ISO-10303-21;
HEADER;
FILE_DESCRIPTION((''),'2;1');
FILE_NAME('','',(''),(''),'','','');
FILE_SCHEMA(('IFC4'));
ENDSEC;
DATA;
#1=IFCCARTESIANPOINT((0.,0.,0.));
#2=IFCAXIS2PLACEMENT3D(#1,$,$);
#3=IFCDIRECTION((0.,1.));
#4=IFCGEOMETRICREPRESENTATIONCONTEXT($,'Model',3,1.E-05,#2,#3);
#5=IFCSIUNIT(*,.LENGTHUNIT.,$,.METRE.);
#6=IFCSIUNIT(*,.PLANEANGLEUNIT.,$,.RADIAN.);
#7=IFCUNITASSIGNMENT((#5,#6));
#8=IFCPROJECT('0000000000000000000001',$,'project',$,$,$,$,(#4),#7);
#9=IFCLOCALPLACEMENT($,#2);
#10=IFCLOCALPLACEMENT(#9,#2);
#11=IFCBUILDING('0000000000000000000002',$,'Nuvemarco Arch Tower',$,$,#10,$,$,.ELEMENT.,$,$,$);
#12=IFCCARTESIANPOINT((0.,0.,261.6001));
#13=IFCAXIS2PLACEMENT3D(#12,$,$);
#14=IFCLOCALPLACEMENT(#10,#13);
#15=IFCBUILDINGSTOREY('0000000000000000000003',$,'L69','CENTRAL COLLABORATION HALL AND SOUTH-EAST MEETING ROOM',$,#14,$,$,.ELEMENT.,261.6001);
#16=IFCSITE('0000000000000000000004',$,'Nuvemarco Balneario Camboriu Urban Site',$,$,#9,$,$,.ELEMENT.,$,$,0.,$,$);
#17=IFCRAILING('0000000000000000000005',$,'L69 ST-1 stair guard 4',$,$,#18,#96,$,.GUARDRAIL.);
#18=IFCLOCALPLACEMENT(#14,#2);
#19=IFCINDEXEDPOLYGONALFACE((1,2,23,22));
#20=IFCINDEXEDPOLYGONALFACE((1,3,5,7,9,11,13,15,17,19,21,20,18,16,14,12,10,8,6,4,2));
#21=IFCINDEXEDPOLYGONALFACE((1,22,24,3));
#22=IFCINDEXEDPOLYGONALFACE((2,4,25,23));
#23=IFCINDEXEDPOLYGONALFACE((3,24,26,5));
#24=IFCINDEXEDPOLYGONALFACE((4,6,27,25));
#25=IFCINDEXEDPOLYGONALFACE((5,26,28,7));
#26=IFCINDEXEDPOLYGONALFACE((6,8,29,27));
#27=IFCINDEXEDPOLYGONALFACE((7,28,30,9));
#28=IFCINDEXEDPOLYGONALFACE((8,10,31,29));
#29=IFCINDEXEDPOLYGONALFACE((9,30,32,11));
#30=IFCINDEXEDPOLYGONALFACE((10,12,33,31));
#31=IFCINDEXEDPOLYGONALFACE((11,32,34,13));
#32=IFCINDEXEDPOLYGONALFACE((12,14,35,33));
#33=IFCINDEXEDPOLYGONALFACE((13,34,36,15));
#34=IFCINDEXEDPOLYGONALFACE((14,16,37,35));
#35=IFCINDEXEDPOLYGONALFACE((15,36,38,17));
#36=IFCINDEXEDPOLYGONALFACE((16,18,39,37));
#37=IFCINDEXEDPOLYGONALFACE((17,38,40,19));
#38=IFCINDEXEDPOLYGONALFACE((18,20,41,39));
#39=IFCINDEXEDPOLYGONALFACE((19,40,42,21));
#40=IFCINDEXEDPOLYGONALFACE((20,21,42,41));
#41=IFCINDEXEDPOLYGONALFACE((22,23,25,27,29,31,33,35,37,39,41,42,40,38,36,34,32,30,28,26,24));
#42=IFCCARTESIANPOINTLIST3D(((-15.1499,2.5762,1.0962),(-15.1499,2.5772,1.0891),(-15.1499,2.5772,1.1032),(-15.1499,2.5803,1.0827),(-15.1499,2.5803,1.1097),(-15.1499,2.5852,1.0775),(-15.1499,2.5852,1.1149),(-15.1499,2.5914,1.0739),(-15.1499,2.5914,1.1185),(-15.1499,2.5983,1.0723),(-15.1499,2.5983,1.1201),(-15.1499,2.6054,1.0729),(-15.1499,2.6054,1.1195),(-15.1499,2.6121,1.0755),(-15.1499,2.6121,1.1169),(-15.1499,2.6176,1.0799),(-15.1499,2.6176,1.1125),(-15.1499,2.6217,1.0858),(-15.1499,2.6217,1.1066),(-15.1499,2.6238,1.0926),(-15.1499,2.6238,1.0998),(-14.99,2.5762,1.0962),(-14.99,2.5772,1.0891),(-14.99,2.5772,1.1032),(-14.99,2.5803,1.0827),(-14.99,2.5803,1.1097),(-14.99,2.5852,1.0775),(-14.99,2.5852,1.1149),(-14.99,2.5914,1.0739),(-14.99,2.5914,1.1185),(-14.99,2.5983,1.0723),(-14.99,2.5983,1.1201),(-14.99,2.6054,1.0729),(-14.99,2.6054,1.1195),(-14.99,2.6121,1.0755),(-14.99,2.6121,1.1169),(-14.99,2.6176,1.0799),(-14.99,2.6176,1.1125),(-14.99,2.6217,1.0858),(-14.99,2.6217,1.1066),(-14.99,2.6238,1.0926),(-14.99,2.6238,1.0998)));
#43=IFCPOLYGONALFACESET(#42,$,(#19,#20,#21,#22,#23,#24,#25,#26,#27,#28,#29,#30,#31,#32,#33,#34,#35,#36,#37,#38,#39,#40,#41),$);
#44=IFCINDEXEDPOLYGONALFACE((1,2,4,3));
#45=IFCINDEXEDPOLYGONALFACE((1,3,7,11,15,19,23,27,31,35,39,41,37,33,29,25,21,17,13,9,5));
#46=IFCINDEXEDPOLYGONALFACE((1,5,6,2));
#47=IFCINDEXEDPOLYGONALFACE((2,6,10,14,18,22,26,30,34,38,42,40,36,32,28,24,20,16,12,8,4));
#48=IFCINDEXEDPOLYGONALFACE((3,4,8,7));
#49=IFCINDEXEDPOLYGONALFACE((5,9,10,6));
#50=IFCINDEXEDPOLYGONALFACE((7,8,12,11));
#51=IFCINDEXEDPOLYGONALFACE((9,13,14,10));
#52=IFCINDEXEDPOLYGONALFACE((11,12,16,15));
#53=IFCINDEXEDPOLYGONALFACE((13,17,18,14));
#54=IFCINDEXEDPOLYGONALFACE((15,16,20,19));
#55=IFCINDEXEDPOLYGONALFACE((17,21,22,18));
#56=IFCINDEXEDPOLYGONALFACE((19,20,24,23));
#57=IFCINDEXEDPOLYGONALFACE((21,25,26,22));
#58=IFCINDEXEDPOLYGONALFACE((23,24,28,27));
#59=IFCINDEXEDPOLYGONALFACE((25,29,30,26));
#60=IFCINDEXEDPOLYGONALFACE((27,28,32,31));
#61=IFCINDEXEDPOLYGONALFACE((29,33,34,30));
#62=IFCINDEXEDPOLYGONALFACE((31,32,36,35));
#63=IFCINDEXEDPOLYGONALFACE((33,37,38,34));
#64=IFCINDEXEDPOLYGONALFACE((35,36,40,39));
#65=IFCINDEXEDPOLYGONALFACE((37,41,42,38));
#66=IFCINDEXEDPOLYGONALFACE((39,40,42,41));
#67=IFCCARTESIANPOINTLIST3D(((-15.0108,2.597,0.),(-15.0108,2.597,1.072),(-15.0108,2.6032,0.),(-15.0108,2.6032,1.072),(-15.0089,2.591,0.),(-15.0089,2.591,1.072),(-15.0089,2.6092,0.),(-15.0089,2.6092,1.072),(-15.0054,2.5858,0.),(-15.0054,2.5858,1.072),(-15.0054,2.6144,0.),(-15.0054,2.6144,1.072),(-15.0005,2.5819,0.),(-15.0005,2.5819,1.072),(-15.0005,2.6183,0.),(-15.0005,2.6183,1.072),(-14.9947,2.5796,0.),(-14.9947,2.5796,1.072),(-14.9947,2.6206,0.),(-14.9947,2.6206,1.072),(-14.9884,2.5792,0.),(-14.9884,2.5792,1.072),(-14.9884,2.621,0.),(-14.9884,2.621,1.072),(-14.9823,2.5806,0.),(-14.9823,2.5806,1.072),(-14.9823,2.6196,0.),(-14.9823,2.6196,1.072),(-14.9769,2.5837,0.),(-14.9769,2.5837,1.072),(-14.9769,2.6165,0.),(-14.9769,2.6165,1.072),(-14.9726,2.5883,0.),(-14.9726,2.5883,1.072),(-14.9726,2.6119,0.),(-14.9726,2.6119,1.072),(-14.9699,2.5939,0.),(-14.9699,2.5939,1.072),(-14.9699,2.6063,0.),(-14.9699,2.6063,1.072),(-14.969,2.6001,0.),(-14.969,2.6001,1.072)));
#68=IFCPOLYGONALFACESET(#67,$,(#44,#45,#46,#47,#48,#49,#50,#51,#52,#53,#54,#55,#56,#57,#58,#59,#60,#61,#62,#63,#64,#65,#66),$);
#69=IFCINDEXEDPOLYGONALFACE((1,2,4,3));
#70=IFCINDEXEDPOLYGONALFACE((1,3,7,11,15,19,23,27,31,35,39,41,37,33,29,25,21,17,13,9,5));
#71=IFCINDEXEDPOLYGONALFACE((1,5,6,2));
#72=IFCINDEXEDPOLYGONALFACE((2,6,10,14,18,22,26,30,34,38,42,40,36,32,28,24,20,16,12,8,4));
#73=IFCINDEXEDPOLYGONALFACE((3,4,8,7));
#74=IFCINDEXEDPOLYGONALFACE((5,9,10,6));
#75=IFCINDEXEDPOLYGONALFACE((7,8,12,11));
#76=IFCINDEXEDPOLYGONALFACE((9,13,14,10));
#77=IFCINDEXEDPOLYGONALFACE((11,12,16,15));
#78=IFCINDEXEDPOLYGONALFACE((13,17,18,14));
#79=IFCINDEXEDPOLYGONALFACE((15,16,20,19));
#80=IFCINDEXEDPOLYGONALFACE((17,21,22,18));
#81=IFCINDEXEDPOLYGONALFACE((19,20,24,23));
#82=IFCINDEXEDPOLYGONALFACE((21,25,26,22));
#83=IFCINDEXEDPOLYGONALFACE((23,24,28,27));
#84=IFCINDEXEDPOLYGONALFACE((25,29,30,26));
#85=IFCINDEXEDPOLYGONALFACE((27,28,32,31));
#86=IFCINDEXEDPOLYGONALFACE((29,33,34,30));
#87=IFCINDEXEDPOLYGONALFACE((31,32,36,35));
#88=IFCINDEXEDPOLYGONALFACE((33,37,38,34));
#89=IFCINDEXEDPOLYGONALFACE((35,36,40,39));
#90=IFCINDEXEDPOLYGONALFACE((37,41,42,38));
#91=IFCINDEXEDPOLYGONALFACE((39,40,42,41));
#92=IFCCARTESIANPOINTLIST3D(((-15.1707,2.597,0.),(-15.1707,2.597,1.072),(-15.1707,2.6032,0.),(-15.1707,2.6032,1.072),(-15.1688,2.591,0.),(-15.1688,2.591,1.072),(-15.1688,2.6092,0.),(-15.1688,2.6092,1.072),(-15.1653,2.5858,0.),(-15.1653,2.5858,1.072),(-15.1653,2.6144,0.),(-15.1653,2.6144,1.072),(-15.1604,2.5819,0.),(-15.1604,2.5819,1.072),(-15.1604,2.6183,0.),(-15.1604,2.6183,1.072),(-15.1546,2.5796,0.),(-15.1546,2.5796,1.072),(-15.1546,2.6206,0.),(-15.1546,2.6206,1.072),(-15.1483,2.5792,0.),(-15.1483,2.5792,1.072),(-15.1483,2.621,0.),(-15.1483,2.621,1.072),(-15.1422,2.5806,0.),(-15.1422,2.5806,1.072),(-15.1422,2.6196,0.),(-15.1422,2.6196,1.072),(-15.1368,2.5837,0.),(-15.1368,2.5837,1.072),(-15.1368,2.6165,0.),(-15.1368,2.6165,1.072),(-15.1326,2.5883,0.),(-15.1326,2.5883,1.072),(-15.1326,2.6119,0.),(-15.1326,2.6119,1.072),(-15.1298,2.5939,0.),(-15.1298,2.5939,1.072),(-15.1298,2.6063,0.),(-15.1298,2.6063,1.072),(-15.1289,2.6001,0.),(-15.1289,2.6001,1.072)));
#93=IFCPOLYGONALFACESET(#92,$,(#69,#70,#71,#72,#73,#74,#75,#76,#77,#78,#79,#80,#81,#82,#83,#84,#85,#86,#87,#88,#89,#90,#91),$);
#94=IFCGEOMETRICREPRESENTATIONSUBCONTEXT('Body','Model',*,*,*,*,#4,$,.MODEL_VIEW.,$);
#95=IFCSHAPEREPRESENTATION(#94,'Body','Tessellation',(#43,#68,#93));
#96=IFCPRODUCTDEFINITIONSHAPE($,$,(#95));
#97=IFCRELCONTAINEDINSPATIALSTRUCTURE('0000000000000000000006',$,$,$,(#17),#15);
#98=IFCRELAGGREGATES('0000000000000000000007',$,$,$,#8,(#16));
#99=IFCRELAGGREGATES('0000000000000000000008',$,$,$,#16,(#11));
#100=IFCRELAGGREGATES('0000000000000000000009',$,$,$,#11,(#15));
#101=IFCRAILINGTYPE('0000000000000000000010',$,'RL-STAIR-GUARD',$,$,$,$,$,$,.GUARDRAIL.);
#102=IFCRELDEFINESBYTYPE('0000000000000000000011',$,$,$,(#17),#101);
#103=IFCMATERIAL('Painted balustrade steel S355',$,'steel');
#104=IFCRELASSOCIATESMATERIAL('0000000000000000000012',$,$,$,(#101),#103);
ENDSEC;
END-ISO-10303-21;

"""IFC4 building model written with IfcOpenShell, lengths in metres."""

from ifc_helpers import new_model, si_unit, direction, frame, origin, origin_2d, place, context, subcontext, project, spatial, circle, extrude, material, type_object, element, save


model = new_model("IFC4")

# Units and contexts
model_context = context("Model", 3, precision=1e-05, world=origin(), true_north=direction((0.0, 1.0)))
body_context = subcontext(model_context, "Body", "Model", "MODEL_VIEW")
ifc_project = project(units=[si_unit("LENGTHUNIT", "METRE"), si_unit("PLANEANGLEUNIT", "RADIAN")], contexts=[model_context])

# Site, building, storey
site_placement = place(None, origin())
site = spatial("IfcSite", under=ifc_project, at=site_placement, Name="Nuvemarco Balneario Camboriu Urban Site", CompositionType="ELEMENT", RefElevation=0.0)
building_placement = place(site_placement, origin())
building = spatial("IfcBuilding", under=site, at=building_placement, Name="Nuvemarco Arch Tower", CompositionType="ELEMENT")
storey_placement = place(building_placement, frame((0.0, 0.0, 261.6001)))
storey = spatial("IfcBuildingStorey", under=building, at=storey_placement, Name="L69", Description="CENTRAL COLLABORATION HALL AND SOUTH-EAST MEETING ROOM", CompositionType="ELEMENT", Elevation=261.6001)

# Railing
ifc_material_1 = material(Name="Painted balustrade steel S355", Category="steel")
railing_type_1 = type_object("IfcRailingType", Name="RL-STAIR-GUARD", PredefinedType="GUARDRAIL", material=ifc_material_1)
railing_1_placement = place(storey_placement, frame((-14.99, 2.6001, 0.0)))
element("IfcRailing", 1, at=railing_1_placement, inside=storey, type_object=railing_type_1, Name="L69 ST-1 stair guard 4", PredefinedType="GUARDRAIL", context=body_context, shape_type="SweptSolid", body=[
    extrude(circle(Radius=0.0239, at=origin_2d()), frame((0.0, 0.0, 1.0962), z_axis=(-1.0, 0.0, 0.0), x_axis=(0.0, -1.0, 0.0)), (0.0, 0.0, 1.0), 0.1599),
    extrude(circle(Radius=0.021, at=origin_2d()), origin(), (0.0, 0.0, 1.0), 1.072),
    extrude(circle(Radius=0.021, at=origin_2d()), frame((-0.1599, 0.0, 0.0)), (0.0, 0.0, 1.0), 1.072),
])

save(model, "model.ifc")
